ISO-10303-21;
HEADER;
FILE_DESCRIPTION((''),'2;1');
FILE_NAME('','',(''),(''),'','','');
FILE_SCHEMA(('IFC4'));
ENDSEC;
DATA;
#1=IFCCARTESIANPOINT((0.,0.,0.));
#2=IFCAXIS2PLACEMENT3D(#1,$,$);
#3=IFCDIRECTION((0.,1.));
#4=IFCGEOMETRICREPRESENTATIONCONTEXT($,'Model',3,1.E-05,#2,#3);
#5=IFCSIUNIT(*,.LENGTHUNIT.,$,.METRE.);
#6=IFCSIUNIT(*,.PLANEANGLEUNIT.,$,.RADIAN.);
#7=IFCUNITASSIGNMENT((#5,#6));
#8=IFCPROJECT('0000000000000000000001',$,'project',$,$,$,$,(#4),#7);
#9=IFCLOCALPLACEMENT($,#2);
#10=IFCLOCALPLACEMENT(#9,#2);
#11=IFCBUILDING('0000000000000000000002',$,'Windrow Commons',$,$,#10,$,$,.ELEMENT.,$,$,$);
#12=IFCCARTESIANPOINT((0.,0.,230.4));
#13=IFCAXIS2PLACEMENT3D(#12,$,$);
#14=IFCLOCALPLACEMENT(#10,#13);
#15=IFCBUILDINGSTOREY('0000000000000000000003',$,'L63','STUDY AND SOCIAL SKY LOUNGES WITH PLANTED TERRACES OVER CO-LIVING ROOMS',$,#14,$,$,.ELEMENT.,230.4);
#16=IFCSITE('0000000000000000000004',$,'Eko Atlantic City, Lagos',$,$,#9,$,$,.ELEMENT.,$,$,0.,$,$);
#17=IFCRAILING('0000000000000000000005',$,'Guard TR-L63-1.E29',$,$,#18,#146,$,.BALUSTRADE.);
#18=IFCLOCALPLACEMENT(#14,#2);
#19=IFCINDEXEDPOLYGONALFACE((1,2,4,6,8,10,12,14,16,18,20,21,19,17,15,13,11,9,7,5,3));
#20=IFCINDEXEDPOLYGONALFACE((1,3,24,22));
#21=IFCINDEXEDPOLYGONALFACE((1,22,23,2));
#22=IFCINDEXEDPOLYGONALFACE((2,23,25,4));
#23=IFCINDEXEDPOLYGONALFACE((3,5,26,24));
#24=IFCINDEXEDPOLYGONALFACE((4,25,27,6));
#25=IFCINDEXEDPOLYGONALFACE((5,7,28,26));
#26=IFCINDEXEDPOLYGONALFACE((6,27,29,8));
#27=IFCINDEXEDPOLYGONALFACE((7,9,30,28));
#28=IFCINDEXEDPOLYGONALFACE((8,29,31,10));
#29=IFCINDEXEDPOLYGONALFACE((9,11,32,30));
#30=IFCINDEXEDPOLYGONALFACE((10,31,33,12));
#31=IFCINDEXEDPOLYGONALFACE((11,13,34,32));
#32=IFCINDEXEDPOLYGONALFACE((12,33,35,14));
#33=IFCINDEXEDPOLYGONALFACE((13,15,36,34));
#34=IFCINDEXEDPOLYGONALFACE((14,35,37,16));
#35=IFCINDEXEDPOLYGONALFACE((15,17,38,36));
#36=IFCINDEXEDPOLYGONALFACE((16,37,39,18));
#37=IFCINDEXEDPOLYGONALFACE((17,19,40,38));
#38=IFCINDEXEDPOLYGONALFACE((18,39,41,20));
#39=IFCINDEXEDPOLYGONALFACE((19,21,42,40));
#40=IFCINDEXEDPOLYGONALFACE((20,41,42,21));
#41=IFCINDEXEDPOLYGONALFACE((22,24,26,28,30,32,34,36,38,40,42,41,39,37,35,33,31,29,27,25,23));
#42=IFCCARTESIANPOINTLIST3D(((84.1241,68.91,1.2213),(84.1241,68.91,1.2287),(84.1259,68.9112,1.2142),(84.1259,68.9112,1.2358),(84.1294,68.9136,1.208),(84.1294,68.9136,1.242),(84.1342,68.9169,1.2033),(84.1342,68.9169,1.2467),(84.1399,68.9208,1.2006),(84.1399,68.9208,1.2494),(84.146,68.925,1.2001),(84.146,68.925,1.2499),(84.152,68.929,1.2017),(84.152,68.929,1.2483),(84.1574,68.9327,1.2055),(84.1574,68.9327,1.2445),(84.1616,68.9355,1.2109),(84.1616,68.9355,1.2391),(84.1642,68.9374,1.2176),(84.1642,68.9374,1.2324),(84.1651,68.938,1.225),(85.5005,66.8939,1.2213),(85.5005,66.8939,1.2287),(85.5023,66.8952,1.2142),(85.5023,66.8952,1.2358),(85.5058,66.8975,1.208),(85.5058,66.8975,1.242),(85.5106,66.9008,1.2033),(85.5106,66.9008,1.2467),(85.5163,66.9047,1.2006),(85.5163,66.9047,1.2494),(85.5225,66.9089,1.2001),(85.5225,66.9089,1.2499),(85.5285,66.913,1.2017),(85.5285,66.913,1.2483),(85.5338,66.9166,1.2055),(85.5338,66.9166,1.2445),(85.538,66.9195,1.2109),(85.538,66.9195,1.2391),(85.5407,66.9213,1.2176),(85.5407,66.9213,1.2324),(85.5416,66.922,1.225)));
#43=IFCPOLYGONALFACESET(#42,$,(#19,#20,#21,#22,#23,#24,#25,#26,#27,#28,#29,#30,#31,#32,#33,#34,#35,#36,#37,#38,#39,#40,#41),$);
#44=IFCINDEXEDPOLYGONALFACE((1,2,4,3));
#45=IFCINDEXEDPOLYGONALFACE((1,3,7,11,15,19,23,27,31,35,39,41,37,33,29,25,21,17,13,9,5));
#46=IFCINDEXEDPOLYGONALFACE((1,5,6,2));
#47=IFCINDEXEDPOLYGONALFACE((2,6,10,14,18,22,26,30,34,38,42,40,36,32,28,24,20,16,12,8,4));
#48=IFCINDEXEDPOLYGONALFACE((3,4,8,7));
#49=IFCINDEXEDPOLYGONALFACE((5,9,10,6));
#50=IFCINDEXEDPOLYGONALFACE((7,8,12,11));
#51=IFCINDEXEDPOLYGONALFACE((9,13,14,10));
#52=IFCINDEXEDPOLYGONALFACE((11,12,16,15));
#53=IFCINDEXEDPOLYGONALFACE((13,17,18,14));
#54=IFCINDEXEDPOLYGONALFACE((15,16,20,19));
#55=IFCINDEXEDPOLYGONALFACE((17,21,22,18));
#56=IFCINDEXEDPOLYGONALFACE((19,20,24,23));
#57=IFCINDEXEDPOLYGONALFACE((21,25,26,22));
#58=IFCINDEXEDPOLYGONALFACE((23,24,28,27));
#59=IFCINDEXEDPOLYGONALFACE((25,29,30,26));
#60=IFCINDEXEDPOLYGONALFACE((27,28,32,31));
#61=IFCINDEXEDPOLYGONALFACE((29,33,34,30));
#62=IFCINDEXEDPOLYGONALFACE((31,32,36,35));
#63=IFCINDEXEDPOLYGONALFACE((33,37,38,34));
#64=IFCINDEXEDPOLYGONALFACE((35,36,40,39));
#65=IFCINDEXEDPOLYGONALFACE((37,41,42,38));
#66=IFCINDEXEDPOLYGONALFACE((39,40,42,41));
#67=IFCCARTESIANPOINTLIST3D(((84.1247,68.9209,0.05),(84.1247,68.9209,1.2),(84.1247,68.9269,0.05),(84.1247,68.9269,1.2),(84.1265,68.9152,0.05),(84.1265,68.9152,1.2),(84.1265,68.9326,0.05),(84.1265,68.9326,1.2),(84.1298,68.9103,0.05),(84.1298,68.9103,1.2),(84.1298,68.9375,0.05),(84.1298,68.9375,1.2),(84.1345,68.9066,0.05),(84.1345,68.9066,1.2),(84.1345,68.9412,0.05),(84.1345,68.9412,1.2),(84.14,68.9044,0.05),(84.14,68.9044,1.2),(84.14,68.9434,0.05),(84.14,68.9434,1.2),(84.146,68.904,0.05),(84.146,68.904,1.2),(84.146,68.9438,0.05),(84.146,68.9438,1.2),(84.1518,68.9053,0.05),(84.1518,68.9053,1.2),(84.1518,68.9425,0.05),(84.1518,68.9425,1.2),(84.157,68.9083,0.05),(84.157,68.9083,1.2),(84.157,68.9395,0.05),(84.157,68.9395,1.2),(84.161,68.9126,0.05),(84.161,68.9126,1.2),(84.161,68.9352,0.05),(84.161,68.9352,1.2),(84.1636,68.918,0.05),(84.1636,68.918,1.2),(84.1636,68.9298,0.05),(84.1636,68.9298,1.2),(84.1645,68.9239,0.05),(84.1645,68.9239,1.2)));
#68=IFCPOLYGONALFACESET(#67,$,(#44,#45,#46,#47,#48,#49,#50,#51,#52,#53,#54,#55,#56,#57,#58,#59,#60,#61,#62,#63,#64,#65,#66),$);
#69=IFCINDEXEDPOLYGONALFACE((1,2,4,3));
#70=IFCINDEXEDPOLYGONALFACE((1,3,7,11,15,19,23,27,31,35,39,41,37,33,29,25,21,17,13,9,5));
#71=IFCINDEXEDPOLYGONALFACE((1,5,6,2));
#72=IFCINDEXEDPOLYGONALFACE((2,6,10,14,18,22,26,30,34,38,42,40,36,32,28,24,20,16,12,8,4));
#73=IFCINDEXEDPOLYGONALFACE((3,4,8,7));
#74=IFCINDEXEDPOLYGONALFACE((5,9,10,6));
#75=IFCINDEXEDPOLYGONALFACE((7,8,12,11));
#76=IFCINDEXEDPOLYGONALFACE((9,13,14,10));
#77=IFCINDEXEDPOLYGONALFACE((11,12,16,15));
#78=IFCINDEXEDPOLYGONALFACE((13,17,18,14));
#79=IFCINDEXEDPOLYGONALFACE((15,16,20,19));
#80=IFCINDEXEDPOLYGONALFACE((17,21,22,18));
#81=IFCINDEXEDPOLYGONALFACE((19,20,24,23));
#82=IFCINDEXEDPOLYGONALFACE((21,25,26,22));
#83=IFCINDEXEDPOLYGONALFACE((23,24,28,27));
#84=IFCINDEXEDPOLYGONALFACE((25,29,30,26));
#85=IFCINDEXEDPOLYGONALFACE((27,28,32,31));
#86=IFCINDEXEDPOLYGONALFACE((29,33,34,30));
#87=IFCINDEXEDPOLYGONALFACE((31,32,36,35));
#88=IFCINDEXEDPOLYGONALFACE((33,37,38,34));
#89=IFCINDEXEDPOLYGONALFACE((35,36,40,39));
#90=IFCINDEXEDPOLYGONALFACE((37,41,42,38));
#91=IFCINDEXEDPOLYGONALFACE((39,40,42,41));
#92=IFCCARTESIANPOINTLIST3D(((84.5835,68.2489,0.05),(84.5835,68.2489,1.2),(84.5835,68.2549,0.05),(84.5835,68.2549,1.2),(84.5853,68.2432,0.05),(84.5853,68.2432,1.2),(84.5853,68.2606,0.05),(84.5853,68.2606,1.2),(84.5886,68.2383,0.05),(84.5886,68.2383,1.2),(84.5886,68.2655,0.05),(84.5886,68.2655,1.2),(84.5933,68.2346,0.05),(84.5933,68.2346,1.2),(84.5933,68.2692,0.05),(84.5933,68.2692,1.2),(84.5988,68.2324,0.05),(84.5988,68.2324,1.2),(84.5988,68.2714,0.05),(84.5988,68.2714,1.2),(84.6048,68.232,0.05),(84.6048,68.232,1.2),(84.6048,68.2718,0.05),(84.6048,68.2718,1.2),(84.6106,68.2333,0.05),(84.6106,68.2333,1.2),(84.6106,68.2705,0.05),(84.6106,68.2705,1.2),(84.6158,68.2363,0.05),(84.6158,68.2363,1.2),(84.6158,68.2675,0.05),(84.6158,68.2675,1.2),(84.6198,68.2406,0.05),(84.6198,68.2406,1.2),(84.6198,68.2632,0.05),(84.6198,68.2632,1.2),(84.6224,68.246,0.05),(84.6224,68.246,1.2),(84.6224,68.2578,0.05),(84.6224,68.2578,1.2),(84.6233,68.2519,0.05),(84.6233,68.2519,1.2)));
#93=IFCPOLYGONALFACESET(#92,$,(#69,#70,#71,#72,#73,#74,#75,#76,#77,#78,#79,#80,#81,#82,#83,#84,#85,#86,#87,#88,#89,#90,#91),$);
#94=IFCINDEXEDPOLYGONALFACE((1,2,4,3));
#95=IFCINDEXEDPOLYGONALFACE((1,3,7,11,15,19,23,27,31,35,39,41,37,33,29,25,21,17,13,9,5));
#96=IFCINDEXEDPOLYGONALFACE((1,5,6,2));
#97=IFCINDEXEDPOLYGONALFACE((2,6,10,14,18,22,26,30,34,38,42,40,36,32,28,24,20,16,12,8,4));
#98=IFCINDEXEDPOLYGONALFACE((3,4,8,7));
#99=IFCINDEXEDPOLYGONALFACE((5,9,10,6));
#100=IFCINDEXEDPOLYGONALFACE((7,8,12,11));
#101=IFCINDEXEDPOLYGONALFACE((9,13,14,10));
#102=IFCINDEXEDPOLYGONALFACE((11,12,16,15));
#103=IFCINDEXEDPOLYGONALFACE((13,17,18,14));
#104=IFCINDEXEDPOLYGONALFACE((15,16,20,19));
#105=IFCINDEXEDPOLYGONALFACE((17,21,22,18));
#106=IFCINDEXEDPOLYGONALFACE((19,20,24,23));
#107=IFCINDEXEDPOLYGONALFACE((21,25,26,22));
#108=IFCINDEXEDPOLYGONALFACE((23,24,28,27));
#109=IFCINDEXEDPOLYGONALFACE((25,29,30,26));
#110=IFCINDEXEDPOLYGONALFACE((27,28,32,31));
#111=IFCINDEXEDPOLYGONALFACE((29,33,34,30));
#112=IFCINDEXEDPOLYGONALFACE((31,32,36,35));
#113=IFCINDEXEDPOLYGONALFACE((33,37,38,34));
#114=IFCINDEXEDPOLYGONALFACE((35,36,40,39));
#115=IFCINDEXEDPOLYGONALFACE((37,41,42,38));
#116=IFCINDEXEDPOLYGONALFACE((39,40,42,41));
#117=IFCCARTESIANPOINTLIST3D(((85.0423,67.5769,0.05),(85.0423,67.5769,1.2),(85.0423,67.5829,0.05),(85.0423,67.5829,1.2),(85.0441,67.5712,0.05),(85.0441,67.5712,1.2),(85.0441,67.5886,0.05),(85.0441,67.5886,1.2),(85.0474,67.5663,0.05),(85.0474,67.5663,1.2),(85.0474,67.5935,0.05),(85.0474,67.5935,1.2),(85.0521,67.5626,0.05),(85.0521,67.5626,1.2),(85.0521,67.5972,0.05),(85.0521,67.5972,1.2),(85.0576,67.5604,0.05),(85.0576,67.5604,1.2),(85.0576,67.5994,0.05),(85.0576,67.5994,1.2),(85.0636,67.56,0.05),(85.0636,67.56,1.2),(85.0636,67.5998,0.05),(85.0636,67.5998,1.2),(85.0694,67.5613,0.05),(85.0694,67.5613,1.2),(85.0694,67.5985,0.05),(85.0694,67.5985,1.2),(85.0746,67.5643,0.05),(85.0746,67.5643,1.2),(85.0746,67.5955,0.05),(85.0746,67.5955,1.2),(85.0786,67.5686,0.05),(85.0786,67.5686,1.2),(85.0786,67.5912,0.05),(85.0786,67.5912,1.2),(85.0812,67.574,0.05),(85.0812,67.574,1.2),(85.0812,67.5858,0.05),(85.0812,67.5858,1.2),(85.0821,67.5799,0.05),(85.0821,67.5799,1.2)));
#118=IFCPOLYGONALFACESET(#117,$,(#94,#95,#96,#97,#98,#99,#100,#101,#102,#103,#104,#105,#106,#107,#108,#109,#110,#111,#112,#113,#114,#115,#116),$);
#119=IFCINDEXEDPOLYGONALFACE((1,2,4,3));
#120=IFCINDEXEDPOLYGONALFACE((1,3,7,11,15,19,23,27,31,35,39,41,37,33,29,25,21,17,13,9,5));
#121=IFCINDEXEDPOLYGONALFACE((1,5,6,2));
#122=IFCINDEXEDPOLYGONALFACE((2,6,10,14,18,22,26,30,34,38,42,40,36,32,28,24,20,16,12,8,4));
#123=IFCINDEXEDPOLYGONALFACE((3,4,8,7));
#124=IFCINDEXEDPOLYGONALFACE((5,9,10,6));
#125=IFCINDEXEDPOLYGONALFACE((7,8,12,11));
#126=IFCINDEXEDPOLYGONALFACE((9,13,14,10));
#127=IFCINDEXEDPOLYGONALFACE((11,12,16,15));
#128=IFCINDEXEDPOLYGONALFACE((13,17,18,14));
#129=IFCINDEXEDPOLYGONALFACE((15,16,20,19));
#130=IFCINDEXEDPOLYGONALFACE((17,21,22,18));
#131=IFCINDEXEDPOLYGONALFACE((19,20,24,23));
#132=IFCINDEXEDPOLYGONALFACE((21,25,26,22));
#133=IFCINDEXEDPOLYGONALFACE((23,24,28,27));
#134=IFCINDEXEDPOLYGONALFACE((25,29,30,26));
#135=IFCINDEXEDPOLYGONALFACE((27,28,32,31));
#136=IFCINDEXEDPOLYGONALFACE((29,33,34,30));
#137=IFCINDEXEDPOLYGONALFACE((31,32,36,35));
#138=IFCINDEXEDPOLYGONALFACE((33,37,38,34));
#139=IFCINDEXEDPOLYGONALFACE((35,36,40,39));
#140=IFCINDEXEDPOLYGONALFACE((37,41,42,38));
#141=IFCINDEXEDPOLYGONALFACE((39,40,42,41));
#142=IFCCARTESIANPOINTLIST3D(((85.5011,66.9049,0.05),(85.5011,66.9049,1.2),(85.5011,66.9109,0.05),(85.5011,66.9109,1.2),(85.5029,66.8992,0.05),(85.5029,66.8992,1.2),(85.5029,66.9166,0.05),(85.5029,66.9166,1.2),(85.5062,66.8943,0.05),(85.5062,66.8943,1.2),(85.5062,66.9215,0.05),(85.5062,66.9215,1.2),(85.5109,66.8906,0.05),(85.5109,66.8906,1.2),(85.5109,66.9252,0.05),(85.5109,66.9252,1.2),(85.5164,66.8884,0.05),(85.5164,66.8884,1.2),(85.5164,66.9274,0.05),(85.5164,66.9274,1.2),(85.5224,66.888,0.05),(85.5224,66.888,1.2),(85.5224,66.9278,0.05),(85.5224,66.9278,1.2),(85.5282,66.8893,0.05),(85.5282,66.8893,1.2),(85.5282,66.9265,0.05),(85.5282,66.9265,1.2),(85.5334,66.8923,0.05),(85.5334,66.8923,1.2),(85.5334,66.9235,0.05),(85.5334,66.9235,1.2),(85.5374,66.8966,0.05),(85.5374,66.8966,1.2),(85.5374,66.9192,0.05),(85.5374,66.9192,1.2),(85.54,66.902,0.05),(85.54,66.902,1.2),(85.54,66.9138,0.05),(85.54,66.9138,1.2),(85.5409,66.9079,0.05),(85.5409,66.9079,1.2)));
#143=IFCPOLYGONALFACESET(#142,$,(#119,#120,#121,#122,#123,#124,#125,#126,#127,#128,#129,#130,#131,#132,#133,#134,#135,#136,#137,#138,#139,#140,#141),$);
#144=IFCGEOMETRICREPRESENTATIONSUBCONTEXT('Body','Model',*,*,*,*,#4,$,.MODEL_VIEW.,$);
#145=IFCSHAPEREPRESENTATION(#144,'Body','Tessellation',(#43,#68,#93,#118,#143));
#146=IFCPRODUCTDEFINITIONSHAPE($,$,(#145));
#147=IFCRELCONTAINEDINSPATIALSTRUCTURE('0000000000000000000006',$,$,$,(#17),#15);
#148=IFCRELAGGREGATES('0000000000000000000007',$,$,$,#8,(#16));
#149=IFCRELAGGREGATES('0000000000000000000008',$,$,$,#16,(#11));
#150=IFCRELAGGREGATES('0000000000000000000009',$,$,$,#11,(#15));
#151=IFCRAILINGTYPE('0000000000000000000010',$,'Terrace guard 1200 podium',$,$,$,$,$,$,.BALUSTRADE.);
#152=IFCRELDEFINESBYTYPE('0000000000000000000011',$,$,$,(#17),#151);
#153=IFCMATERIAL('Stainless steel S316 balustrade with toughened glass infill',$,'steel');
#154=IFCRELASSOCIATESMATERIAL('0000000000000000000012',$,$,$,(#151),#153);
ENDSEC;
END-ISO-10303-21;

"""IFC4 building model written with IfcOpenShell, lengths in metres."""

from ifc_helpers import new_model, si_unit, direction, frame, origin, origin_2d, place, context, subcontext, project, spatial, circle, extrude, material, type_object, element, save


model = new_model("IFC4")

# Units and contexts
model_context = context("Model", 3, precision=1e-05, world=origin(), true_north=direction((0.0, 1.0)))
body_context = subcontext(model_context, "Body", "Model", "MODEL_VIEW")
ifc_project = project(units=[si_unit("LENGTHUNIT", "METRE"), si_unit("PLANEANGLEUNIT", "RADIAN")], contexts=[model_context])

# Site, building, storey
site_placement = place(None, origin())
site = spatial("IfcSite", under=ifc_project, at=site_placement, Name="Eko Atlantic City, Lagos", CompositionType="ELEMENT", RefElevation=0.0)
building_placement = place(site_placement, origin())
building = spatial("IfcBuilding", under=site, at=building_placement, Name="Windrow Commons", CompositionType="ELEMENT")
storey_placement = place(building_placement, frame((0.0, 0.0, 230.4)))
storey = spatial("IfcBuildingStorey", under=building, at=storey_placement, Name="L63", Description="STUDY AND SOCIAL SKY LOUNGES WITH PLANTED TERRACES OVER CO-LIVING ROOMS", CompositionType="ELEMENT", Elevation=230.4)

# Railing
ifc_material_1 = material(Name="Stainless steel S316 balustrade with toughened glass infill", Category="steel")
railing_type_1 = type_object("IfcRailingType", Name="Terrace guard 1200 podium", PredefinedType="BALUSTRADE", material=ifc_material_1)
railing_1_placement = place(storey_placement, frame((84.1445, 68.9239, 0.05)))
element("IfcRailing", 1, at=railing_1_placement, inside=storey, type_object=railing_type_1, Name="Guard TR-L63-1.E29", PredefinedType="BALUSTRADE", context=body_context, shape_type="SweptSolid", body=[
    extrude(circle(Radius=0.025, at=origin_2d()), frame((0.0, 0.0, 1.175), z_axis=(0.563855, -0.825874, 0.0), x_axis=(0.825874, 0.563855, 0.0)), (0.0, 0.0, 1.0), 2.4411),
    extrude(circle(Radius=0.02, at=origin_2d()), origin(), (0.0, 0.0, 1.0), 1.15),
    extrude(circle(Radius=0.02, at=origin_2d()), frame((0.4588, -0.672, 0.0)), (0.0, 0.0, 1.0), 1.15),
    extrude(circle(Radius=0.02, at=origin_2d()), frame((0.9176, -1.344, 0.0)), (0.0, 0.0, 1.0), 1.15),
    extrude(circle(Radius=0.02, at=origin_2d()), frame((1.3764, -2.016, 0.0)), (0.0, 0.0, 1.0), 1.15),
])

save(model, "model.ifc")
